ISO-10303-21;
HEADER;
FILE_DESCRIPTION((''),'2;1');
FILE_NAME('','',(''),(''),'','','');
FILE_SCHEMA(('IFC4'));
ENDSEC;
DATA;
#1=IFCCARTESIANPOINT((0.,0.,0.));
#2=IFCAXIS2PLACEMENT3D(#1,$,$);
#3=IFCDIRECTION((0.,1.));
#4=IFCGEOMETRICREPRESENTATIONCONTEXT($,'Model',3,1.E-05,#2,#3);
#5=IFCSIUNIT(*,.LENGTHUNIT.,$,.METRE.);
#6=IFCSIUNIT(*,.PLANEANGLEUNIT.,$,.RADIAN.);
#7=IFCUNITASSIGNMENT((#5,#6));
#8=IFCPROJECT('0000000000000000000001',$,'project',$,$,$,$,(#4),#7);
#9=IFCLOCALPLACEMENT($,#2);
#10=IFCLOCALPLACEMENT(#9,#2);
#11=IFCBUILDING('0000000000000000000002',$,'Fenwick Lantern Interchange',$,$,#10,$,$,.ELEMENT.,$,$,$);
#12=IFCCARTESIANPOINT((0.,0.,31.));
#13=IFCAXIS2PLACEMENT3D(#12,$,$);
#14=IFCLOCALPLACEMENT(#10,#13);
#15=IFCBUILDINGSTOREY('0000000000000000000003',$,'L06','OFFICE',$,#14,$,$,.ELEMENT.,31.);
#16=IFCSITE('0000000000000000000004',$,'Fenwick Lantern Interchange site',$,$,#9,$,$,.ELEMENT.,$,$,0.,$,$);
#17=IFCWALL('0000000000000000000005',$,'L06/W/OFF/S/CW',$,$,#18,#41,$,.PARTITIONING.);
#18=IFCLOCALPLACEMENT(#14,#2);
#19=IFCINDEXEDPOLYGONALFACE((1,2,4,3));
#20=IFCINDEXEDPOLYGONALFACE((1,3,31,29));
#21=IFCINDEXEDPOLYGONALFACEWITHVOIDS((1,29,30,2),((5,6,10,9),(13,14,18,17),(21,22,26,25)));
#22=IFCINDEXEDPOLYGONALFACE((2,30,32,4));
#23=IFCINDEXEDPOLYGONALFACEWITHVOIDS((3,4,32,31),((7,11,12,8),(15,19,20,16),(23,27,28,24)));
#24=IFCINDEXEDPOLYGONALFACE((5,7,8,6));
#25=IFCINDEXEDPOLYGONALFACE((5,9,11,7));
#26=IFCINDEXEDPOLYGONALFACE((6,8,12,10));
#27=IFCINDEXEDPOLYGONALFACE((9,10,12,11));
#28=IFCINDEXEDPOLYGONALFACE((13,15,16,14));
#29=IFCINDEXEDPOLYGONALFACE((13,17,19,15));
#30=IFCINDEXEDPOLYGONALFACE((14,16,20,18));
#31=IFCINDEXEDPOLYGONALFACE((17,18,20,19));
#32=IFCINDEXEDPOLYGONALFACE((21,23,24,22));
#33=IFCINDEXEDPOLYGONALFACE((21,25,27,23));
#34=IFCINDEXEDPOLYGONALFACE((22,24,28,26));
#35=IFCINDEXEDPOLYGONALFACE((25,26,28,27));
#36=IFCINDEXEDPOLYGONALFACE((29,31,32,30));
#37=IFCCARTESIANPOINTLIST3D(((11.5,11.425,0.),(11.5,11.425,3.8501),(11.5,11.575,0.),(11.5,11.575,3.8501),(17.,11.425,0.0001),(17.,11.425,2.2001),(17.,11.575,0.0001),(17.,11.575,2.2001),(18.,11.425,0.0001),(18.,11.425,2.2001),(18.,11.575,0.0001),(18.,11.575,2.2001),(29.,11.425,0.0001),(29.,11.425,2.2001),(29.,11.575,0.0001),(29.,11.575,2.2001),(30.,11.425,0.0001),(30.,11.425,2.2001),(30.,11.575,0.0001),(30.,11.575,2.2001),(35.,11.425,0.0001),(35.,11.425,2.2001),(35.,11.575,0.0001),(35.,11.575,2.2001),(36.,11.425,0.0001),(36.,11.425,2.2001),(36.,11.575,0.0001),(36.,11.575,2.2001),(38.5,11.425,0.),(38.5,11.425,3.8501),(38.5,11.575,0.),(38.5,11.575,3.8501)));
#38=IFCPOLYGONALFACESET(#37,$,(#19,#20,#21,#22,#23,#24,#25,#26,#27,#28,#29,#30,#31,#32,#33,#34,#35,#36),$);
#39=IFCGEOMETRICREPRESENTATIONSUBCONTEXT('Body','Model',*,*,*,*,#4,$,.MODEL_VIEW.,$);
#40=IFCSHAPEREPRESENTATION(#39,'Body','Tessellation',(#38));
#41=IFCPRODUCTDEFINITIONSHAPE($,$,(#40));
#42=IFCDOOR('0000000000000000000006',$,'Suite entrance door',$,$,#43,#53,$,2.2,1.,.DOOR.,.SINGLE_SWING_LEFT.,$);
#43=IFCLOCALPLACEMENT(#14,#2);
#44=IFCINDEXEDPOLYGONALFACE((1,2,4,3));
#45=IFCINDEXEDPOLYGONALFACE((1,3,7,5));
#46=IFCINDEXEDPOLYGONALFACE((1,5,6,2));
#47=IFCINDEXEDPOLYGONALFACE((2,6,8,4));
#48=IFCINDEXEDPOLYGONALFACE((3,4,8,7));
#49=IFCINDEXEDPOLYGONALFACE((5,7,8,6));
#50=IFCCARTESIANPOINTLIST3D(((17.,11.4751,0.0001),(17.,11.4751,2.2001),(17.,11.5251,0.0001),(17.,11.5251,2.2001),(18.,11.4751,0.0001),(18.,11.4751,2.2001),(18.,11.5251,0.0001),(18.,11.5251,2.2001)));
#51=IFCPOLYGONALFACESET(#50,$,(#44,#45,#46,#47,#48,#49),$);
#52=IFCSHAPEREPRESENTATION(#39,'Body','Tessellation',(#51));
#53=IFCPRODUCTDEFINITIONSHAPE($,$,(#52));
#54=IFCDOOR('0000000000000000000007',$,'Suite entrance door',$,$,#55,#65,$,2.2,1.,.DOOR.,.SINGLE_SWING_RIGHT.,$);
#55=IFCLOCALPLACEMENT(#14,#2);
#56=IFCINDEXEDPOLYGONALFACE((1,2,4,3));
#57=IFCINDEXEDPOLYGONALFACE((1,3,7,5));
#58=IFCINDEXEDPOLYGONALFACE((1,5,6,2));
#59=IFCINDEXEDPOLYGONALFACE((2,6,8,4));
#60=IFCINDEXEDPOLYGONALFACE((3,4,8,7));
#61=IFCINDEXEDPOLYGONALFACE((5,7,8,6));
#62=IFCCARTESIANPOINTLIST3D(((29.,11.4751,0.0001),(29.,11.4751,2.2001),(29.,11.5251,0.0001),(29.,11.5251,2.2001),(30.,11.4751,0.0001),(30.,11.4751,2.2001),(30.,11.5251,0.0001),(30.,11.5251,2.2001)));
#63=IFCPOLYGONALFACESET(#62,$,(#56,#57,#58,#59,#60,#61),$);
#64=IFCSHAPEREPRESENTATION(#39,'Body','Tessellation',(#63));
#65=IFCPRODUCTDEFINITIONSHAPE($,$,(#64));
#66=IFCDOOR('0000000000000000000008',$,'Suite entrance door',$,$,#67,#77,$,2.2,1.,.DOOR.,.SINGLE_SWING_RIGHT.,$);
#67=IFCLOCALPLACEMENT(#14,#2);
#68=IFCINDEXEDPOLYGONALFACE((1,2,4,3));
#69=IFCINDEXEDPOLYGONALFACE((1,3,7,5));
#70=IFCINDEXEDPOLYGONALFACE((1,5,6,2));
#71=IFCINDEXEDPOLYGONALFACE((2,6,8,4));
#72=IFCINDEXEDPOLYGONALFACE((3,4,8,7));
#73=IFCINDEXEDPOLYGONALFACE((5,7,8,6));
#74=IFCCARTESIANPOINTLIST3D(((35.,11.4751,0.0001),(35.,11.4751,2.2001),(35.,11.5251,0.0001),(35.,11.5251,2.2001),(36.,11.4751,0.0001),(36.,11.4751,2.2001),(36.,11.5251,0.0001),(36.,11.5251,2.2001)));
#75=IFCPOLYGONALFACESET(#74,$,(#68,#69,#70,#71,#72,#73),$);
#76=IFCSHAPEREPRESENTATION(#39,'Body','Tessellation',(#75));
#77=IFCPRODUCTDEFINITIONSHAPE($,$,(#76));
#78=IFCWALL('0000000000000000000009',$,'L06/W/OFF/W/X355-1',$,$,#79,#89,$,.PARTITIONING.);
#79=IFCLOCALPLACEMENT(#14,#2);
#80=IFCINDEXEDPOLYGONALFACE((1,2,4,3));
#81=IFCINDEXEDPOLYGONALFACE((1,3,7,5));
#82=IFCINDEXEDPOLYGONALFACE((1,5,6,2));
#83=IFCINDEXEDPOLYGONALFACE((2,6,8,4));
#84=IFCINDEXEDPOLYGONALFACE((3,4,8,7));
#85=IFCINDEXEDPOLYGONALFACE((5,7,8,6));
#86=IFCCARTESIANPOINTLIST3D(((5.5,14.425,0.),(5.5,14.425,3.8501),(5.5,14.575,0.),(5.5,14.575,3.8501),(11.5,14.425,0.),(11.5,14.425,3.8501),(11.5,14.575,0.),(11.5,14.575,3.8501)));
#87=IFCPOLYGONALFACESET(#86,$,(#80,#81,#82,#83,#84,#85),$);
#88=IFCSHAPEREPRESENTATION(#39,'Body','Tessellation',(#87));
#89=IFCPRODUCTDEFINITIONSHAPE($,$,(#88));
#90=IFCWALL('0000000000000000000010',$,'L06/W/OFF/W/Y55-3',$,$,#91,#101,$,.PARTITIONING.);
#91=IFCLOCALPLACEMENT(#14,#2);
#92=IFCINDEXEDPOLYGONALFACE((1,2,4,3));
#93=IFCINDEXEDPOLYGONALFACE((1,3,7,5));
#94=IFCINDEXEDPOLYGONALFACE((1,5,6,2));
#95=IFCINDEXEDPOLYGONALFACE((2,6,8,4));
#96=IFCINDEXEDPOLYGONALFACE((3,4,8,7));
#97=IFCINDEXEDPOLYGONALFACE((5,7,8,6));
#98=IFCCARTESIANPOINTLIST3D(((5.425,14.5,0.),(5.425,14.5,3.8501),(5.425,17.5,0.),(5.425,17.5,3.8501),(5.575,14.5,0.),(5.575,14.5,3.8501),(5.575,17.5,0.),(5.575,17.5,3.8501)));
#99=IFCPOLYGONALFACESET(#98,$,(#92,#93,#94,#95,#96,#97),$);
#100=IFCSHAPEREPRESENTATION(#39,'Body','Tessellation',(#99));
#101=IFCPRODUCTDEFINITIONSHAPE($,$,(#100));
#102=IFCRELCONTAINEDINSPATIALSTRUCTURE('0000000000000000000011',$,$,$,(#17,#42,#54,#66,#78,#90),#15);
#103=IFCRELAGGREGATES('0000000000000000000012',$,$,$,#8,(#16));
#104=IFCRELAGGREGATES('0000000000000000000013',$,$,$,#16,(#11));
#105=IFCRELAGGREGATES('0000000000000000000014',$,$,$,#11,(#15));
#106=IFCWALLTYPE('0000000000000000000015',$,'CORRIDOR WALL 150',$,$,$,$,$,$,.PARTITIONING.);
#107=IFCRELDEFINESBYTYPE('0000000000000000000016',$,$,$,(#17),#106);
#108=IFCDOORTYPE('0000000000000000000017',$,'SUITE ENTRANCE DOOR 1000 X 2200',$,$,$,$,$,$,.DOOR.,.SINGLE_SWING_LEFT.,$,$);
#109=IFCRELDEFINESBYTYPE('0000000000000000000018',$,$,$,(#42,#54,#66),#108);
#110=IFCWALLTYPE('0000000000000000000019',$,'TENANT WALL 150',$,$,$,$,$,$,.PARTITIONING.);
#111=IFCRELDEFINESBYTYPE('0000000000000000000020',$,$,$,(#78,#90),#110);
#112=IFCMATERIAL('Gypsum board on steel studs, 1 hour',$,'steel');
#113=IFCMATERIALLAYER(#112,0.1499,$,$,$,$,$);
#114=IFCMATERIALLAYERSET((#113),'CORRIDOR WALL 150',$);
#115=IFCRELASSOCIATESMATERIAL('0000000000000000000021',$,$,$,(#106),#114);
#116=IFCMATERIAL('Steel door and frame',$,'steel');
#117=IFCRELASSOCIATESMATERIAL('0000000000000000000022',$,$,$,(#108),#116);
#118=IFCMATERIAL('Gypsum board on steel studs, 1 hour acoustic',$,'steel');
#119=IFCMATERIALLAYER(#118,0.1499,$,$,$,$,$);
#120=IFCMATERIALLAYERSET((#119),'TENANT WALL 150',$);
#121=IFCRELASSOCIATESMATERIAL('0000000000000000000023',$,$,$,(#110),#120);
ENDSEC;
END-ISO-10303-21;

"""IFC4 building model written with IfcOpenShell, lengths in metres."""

from ifc_helpers import new_model, si_unit, direction, frame, frame_2d, origin, place, context, subcontext, project, spatial, rectangle, extrude, material, layer, layer_set, type_object, element, fill, save


model = new_model("IFC4")

# Units and contexts
model_context = context("Model", 3, precision=1e-05, world=origin(), true_north=direction((0.0, 1.0)))
body_context = subcontext(model_context, "Body", "Model", "MODEL_VIEW")
ifc_project = project(units=[si_unit("LENGTHUNIT", "METRE"), si_unit("PLANEANGLEUNIT", "RADIAN")], contexts=[model_context])

# Site, building, storey
site_placement = place(None, origin())
site = spatial("IfcSite", under=ifc_project, at=site_placement, Name="Fenwick Lantern Interchange site", CompositionType="ELEMENT", RefElevation=0.0)
building_placement = place(site_placement, origin())
building = spatial("IfcBuilding", under=site, at=building_placement, Name="Fenwick Lantern Interchange", CompositionType="ELEMENT")
storey_placement = place(building_placement, frame((0.0, 0.0, 31.0)))
storey = spatial("IfcBuildingStorey", under=building, at=storey_placement, Name="L06", Description="OFFICE", CompositionType="ELEMENT", Elevation=31.0)

# Shared definitions
ifc_material_1 = material(Name="Steel door and frame", Category="steel")

# Wall, openings, doors
ifc_material_2 = material(Name="Gypsum board on steel studs, 1 hour", Category="steel")
ifc_layer_1 = layer(ifc_material_2, 0.1499)
ifc_layer_set_1 = layer_set([ifc_layer_1], Name="CORRIDOR WALL 150")
wall_type_1 = type_object("IfcWallType", Name="CORRIDOR WALL 150", PredefinedType="PARTITIONING", material=ifc_layer_set_1)
wall_1_placement = place(storey_placement, frame((11.5, 11.5, 0.0), z_axis=(0.0, 0.0, 1.0), x_axis=(1.0, 0.0, 0.0)))
wall_1 = element("IfcWall", 1, at=wall_1_placement, inside=storey, type_object=wall_type_1, Name="L06/W/OFF/S/CW", PredefinedType="PARTITIONING", context=body_context, shape_type="SweptSolid", body=[
    extrude(rectangle(XDim=27.0, YDim=0.1499, at=frame_2d((13.5, 0.0))), origin(), (0.0, 0.0, 1.0), 3.8501),
])
opening_1_placement = place(wall_1_placement, frame((5.5, 0.0, 0.0)))
opening_1 = element("IfcOpeningElement", 2, at=opening_1_placement, cuts=wall_1, PredefinedType="OPENING", context=body_context, shape_type="SweptSolid", body=[
    extrude(rectangle(XDim=1.0, YDim=2.2, at=frame_2d((0.5, 1.1001))), frame((0.0, 0.085, 0.0), z_axis=(0.0, -1.0, 0.0), x_axis=(1.0, 0.0, 0.0)), (0.0, 0.0, 1.0), 0.1699),
])
opening_2_placement = place(wall_1_placement, frame((17.5, 0.0, 0.0)))
opening_2 = element("IfcOpeningElement", 3, at=opening_2_placement, cuts=wall_1, PredefinedType="OPENING", context=body_context, shape_type="SweptSolid", body=[
    extrude(rectangle(XDim=1.0, YDim=2.2, at=frame_2d((0.5, 1.1001))), frame((0.0, 0.085, 0.0), z_axis=(0.0, -1.0, 0.0), x_axis=(1.0, 0.0, 0.0)), (0.0, 0.0, 1.0), 0.1699),
])
opening_3_placement = place(wall_1_placement, frame((23.5, 0.0, 0.0)))
opening_3 = element("IfcOpeningElement", 4, at=opening_3_placement, cuts=wall_1, PredefinedType="OPENING", context=body_context, shape_type="SweptSolid", body=[
    extrude(rectangle(XDim=1.0, YDim=2.2, at=frame_2d((0.5, 1.1001))), frame((0.0, 0.085, 0.0), z_axis=(0.0, -1.0, 0.0), x_axis=(1.0, 0.0, 0.0)), (0.0, 0.0, 1.0), 0.1699),
])
door_type_1 = type_object("IfcDoorType", Name="SUITE ENTRANCE DOOR 1000 X 2200", OperationType="SINGLE_SWING_LEFT", PredefinedType="DOOR", material=ifc_material_1)
door_1_placement = place(opening_1_placement, frame((1.0, 0.0, 0.0), z_axis=(0.0, 0.0, 1.0), x_axis=(-1.0, 0.0, 0.0)))
door_1 = element("IfcDoor", 5, at=door_1_placement, inside=storey, type_object=door_type_1, Name="Suite entrance door", OperationType="SINGLE_SWING_LEFT", OverallHeight=2.2, OverallWidth=1.0, PredefinedType="DOOR", context=body_context, shape_type="SweptSolid", body=[
    extrude(rectangle(XDim=1.0, YDim=2.2, at=frame_2d((0.5, 1.1001))), frame((0.0, 0.0249, 0.0), z_axis=(0.0, -1.0, 0.0), x_axis=(1.0, 0.0, 0.0)), (0.0, 0.0, 1.0), 0.05),
])
fill(opening_1, door_1)
door_2_placement = place(opening_2_placement, frame((1.0, 0.0, 0.0), z_axis=(0.0, 0.0, 1.0), x_axis=(-1.0, 0.0, 0.0)))
door_2 = element("IfcDoor", 6, at=door_2_placement, inside=storey, type_object=door_type_1, Name="Suite entrance door", OperationType="SINGLE_SWING_RIGHT", OverallHeight=2.2, OverallWidth=1.0, PredefinedType="DOOR", context=body_context, shape_type="SweptSolid", body=[
    extrude(rectangle(XDim=1.0, YDim=2.2, at=frame_2d((0.5, 1.1001))), frame((0.0, 0.0249, 0.0), z_axis=(0.0, -1.0, 0.0), x_axis=(1.0, 0.0, 0.0)), (0.0, 0.0, 1.0), 0.05),
])
fill(opening_2, door_2)
door_3_placement = place(opening_3_placement, frame((1.0, 0.0, 0.0), z_axis=(0.0, 0.0, 1.0), x_axis=(-1.0, 0.0, 0.0)))
door_3 = element("IfcDoor", 7, at=door_3_placement, inside=storey, type_object=door_type_1, Name="Suite entrance door", OperationType="SINGLE_SWING_RIGHT", OverallHeight=2.2, OverallWidth=1.0, PredefinedType="DOOR", context=body_context, shape_type="SweptSolid", body=[
    extrude(rectangle(XDim=1.0, YDim=2.2, at=frame_2d((0.5, 1.1001))), frame((0.0, 0.0249, 0.0), z_axis=(0.0, -1.0, 0.0), x_axis=(1.0, 0.0, 0.0)), (0.0, 0.0, 1.0), 0.05),
])
fill(opening_3, door_3)

# Walls
ifc_material_3 = material(Name="Gypsum board on steel studs, 1 hour acoustic", Category="steel")
ifc_layer_2 = layer(ifc_material_3, 0.1499)
ifc_layer_set_2 = layer_set([ifc_layer_2], Name="TENANT WALL 150")
wall_type_2 = type_object("IfcWallType", Name="TENANT WALL 150", PredefinedType="PARTITIONING", material=ifc_layer_set_2)
wall_2_placement = place(storey_placement, frame((5.5, 14.5, 0.0), z_axis=(0.0, 0.0, 1.0), x_axis=(1.0, 0.0, 0.0)))
element("IfcWall", 8, at=wall_2_placement, inside=storey, type_object=wall_type_2, Name="L06/W/OFF/W/X355-1", PredefinedType="PARTITIONING", context=body_context, shape_type="SweptSolid", body=[
    extrude(rectangle(XDim=6.0, YDim=0.1499, at=frame_2d((3.0, 0.0))), origin(), (0.0, 0.0, 1.0), 3.8501),
])
wall_3_placement = place(storey_placement, frame((5.5, 17.5, 0.0), z_axis=(0.0, 0.0, 1.0), x_axis=(0.0, -1.0, 0.0)))
element("IfcWall", 9, at=wall_3_placement, inside=storey, type_object=wall_type_2, Name="L06/W/OFF/W/Y55-3", PredefinedType="PARTITIONING", context=body_context, shape_type="SweptSolid", body=[
    extrude(rectangle(XDim=3.0, YDim=0.1499, at=frame_2d((1.5, 0.0))), origin(), (0.0, 0.0, 1.0), 3.8501),
])

save(model, "model.ifc")
